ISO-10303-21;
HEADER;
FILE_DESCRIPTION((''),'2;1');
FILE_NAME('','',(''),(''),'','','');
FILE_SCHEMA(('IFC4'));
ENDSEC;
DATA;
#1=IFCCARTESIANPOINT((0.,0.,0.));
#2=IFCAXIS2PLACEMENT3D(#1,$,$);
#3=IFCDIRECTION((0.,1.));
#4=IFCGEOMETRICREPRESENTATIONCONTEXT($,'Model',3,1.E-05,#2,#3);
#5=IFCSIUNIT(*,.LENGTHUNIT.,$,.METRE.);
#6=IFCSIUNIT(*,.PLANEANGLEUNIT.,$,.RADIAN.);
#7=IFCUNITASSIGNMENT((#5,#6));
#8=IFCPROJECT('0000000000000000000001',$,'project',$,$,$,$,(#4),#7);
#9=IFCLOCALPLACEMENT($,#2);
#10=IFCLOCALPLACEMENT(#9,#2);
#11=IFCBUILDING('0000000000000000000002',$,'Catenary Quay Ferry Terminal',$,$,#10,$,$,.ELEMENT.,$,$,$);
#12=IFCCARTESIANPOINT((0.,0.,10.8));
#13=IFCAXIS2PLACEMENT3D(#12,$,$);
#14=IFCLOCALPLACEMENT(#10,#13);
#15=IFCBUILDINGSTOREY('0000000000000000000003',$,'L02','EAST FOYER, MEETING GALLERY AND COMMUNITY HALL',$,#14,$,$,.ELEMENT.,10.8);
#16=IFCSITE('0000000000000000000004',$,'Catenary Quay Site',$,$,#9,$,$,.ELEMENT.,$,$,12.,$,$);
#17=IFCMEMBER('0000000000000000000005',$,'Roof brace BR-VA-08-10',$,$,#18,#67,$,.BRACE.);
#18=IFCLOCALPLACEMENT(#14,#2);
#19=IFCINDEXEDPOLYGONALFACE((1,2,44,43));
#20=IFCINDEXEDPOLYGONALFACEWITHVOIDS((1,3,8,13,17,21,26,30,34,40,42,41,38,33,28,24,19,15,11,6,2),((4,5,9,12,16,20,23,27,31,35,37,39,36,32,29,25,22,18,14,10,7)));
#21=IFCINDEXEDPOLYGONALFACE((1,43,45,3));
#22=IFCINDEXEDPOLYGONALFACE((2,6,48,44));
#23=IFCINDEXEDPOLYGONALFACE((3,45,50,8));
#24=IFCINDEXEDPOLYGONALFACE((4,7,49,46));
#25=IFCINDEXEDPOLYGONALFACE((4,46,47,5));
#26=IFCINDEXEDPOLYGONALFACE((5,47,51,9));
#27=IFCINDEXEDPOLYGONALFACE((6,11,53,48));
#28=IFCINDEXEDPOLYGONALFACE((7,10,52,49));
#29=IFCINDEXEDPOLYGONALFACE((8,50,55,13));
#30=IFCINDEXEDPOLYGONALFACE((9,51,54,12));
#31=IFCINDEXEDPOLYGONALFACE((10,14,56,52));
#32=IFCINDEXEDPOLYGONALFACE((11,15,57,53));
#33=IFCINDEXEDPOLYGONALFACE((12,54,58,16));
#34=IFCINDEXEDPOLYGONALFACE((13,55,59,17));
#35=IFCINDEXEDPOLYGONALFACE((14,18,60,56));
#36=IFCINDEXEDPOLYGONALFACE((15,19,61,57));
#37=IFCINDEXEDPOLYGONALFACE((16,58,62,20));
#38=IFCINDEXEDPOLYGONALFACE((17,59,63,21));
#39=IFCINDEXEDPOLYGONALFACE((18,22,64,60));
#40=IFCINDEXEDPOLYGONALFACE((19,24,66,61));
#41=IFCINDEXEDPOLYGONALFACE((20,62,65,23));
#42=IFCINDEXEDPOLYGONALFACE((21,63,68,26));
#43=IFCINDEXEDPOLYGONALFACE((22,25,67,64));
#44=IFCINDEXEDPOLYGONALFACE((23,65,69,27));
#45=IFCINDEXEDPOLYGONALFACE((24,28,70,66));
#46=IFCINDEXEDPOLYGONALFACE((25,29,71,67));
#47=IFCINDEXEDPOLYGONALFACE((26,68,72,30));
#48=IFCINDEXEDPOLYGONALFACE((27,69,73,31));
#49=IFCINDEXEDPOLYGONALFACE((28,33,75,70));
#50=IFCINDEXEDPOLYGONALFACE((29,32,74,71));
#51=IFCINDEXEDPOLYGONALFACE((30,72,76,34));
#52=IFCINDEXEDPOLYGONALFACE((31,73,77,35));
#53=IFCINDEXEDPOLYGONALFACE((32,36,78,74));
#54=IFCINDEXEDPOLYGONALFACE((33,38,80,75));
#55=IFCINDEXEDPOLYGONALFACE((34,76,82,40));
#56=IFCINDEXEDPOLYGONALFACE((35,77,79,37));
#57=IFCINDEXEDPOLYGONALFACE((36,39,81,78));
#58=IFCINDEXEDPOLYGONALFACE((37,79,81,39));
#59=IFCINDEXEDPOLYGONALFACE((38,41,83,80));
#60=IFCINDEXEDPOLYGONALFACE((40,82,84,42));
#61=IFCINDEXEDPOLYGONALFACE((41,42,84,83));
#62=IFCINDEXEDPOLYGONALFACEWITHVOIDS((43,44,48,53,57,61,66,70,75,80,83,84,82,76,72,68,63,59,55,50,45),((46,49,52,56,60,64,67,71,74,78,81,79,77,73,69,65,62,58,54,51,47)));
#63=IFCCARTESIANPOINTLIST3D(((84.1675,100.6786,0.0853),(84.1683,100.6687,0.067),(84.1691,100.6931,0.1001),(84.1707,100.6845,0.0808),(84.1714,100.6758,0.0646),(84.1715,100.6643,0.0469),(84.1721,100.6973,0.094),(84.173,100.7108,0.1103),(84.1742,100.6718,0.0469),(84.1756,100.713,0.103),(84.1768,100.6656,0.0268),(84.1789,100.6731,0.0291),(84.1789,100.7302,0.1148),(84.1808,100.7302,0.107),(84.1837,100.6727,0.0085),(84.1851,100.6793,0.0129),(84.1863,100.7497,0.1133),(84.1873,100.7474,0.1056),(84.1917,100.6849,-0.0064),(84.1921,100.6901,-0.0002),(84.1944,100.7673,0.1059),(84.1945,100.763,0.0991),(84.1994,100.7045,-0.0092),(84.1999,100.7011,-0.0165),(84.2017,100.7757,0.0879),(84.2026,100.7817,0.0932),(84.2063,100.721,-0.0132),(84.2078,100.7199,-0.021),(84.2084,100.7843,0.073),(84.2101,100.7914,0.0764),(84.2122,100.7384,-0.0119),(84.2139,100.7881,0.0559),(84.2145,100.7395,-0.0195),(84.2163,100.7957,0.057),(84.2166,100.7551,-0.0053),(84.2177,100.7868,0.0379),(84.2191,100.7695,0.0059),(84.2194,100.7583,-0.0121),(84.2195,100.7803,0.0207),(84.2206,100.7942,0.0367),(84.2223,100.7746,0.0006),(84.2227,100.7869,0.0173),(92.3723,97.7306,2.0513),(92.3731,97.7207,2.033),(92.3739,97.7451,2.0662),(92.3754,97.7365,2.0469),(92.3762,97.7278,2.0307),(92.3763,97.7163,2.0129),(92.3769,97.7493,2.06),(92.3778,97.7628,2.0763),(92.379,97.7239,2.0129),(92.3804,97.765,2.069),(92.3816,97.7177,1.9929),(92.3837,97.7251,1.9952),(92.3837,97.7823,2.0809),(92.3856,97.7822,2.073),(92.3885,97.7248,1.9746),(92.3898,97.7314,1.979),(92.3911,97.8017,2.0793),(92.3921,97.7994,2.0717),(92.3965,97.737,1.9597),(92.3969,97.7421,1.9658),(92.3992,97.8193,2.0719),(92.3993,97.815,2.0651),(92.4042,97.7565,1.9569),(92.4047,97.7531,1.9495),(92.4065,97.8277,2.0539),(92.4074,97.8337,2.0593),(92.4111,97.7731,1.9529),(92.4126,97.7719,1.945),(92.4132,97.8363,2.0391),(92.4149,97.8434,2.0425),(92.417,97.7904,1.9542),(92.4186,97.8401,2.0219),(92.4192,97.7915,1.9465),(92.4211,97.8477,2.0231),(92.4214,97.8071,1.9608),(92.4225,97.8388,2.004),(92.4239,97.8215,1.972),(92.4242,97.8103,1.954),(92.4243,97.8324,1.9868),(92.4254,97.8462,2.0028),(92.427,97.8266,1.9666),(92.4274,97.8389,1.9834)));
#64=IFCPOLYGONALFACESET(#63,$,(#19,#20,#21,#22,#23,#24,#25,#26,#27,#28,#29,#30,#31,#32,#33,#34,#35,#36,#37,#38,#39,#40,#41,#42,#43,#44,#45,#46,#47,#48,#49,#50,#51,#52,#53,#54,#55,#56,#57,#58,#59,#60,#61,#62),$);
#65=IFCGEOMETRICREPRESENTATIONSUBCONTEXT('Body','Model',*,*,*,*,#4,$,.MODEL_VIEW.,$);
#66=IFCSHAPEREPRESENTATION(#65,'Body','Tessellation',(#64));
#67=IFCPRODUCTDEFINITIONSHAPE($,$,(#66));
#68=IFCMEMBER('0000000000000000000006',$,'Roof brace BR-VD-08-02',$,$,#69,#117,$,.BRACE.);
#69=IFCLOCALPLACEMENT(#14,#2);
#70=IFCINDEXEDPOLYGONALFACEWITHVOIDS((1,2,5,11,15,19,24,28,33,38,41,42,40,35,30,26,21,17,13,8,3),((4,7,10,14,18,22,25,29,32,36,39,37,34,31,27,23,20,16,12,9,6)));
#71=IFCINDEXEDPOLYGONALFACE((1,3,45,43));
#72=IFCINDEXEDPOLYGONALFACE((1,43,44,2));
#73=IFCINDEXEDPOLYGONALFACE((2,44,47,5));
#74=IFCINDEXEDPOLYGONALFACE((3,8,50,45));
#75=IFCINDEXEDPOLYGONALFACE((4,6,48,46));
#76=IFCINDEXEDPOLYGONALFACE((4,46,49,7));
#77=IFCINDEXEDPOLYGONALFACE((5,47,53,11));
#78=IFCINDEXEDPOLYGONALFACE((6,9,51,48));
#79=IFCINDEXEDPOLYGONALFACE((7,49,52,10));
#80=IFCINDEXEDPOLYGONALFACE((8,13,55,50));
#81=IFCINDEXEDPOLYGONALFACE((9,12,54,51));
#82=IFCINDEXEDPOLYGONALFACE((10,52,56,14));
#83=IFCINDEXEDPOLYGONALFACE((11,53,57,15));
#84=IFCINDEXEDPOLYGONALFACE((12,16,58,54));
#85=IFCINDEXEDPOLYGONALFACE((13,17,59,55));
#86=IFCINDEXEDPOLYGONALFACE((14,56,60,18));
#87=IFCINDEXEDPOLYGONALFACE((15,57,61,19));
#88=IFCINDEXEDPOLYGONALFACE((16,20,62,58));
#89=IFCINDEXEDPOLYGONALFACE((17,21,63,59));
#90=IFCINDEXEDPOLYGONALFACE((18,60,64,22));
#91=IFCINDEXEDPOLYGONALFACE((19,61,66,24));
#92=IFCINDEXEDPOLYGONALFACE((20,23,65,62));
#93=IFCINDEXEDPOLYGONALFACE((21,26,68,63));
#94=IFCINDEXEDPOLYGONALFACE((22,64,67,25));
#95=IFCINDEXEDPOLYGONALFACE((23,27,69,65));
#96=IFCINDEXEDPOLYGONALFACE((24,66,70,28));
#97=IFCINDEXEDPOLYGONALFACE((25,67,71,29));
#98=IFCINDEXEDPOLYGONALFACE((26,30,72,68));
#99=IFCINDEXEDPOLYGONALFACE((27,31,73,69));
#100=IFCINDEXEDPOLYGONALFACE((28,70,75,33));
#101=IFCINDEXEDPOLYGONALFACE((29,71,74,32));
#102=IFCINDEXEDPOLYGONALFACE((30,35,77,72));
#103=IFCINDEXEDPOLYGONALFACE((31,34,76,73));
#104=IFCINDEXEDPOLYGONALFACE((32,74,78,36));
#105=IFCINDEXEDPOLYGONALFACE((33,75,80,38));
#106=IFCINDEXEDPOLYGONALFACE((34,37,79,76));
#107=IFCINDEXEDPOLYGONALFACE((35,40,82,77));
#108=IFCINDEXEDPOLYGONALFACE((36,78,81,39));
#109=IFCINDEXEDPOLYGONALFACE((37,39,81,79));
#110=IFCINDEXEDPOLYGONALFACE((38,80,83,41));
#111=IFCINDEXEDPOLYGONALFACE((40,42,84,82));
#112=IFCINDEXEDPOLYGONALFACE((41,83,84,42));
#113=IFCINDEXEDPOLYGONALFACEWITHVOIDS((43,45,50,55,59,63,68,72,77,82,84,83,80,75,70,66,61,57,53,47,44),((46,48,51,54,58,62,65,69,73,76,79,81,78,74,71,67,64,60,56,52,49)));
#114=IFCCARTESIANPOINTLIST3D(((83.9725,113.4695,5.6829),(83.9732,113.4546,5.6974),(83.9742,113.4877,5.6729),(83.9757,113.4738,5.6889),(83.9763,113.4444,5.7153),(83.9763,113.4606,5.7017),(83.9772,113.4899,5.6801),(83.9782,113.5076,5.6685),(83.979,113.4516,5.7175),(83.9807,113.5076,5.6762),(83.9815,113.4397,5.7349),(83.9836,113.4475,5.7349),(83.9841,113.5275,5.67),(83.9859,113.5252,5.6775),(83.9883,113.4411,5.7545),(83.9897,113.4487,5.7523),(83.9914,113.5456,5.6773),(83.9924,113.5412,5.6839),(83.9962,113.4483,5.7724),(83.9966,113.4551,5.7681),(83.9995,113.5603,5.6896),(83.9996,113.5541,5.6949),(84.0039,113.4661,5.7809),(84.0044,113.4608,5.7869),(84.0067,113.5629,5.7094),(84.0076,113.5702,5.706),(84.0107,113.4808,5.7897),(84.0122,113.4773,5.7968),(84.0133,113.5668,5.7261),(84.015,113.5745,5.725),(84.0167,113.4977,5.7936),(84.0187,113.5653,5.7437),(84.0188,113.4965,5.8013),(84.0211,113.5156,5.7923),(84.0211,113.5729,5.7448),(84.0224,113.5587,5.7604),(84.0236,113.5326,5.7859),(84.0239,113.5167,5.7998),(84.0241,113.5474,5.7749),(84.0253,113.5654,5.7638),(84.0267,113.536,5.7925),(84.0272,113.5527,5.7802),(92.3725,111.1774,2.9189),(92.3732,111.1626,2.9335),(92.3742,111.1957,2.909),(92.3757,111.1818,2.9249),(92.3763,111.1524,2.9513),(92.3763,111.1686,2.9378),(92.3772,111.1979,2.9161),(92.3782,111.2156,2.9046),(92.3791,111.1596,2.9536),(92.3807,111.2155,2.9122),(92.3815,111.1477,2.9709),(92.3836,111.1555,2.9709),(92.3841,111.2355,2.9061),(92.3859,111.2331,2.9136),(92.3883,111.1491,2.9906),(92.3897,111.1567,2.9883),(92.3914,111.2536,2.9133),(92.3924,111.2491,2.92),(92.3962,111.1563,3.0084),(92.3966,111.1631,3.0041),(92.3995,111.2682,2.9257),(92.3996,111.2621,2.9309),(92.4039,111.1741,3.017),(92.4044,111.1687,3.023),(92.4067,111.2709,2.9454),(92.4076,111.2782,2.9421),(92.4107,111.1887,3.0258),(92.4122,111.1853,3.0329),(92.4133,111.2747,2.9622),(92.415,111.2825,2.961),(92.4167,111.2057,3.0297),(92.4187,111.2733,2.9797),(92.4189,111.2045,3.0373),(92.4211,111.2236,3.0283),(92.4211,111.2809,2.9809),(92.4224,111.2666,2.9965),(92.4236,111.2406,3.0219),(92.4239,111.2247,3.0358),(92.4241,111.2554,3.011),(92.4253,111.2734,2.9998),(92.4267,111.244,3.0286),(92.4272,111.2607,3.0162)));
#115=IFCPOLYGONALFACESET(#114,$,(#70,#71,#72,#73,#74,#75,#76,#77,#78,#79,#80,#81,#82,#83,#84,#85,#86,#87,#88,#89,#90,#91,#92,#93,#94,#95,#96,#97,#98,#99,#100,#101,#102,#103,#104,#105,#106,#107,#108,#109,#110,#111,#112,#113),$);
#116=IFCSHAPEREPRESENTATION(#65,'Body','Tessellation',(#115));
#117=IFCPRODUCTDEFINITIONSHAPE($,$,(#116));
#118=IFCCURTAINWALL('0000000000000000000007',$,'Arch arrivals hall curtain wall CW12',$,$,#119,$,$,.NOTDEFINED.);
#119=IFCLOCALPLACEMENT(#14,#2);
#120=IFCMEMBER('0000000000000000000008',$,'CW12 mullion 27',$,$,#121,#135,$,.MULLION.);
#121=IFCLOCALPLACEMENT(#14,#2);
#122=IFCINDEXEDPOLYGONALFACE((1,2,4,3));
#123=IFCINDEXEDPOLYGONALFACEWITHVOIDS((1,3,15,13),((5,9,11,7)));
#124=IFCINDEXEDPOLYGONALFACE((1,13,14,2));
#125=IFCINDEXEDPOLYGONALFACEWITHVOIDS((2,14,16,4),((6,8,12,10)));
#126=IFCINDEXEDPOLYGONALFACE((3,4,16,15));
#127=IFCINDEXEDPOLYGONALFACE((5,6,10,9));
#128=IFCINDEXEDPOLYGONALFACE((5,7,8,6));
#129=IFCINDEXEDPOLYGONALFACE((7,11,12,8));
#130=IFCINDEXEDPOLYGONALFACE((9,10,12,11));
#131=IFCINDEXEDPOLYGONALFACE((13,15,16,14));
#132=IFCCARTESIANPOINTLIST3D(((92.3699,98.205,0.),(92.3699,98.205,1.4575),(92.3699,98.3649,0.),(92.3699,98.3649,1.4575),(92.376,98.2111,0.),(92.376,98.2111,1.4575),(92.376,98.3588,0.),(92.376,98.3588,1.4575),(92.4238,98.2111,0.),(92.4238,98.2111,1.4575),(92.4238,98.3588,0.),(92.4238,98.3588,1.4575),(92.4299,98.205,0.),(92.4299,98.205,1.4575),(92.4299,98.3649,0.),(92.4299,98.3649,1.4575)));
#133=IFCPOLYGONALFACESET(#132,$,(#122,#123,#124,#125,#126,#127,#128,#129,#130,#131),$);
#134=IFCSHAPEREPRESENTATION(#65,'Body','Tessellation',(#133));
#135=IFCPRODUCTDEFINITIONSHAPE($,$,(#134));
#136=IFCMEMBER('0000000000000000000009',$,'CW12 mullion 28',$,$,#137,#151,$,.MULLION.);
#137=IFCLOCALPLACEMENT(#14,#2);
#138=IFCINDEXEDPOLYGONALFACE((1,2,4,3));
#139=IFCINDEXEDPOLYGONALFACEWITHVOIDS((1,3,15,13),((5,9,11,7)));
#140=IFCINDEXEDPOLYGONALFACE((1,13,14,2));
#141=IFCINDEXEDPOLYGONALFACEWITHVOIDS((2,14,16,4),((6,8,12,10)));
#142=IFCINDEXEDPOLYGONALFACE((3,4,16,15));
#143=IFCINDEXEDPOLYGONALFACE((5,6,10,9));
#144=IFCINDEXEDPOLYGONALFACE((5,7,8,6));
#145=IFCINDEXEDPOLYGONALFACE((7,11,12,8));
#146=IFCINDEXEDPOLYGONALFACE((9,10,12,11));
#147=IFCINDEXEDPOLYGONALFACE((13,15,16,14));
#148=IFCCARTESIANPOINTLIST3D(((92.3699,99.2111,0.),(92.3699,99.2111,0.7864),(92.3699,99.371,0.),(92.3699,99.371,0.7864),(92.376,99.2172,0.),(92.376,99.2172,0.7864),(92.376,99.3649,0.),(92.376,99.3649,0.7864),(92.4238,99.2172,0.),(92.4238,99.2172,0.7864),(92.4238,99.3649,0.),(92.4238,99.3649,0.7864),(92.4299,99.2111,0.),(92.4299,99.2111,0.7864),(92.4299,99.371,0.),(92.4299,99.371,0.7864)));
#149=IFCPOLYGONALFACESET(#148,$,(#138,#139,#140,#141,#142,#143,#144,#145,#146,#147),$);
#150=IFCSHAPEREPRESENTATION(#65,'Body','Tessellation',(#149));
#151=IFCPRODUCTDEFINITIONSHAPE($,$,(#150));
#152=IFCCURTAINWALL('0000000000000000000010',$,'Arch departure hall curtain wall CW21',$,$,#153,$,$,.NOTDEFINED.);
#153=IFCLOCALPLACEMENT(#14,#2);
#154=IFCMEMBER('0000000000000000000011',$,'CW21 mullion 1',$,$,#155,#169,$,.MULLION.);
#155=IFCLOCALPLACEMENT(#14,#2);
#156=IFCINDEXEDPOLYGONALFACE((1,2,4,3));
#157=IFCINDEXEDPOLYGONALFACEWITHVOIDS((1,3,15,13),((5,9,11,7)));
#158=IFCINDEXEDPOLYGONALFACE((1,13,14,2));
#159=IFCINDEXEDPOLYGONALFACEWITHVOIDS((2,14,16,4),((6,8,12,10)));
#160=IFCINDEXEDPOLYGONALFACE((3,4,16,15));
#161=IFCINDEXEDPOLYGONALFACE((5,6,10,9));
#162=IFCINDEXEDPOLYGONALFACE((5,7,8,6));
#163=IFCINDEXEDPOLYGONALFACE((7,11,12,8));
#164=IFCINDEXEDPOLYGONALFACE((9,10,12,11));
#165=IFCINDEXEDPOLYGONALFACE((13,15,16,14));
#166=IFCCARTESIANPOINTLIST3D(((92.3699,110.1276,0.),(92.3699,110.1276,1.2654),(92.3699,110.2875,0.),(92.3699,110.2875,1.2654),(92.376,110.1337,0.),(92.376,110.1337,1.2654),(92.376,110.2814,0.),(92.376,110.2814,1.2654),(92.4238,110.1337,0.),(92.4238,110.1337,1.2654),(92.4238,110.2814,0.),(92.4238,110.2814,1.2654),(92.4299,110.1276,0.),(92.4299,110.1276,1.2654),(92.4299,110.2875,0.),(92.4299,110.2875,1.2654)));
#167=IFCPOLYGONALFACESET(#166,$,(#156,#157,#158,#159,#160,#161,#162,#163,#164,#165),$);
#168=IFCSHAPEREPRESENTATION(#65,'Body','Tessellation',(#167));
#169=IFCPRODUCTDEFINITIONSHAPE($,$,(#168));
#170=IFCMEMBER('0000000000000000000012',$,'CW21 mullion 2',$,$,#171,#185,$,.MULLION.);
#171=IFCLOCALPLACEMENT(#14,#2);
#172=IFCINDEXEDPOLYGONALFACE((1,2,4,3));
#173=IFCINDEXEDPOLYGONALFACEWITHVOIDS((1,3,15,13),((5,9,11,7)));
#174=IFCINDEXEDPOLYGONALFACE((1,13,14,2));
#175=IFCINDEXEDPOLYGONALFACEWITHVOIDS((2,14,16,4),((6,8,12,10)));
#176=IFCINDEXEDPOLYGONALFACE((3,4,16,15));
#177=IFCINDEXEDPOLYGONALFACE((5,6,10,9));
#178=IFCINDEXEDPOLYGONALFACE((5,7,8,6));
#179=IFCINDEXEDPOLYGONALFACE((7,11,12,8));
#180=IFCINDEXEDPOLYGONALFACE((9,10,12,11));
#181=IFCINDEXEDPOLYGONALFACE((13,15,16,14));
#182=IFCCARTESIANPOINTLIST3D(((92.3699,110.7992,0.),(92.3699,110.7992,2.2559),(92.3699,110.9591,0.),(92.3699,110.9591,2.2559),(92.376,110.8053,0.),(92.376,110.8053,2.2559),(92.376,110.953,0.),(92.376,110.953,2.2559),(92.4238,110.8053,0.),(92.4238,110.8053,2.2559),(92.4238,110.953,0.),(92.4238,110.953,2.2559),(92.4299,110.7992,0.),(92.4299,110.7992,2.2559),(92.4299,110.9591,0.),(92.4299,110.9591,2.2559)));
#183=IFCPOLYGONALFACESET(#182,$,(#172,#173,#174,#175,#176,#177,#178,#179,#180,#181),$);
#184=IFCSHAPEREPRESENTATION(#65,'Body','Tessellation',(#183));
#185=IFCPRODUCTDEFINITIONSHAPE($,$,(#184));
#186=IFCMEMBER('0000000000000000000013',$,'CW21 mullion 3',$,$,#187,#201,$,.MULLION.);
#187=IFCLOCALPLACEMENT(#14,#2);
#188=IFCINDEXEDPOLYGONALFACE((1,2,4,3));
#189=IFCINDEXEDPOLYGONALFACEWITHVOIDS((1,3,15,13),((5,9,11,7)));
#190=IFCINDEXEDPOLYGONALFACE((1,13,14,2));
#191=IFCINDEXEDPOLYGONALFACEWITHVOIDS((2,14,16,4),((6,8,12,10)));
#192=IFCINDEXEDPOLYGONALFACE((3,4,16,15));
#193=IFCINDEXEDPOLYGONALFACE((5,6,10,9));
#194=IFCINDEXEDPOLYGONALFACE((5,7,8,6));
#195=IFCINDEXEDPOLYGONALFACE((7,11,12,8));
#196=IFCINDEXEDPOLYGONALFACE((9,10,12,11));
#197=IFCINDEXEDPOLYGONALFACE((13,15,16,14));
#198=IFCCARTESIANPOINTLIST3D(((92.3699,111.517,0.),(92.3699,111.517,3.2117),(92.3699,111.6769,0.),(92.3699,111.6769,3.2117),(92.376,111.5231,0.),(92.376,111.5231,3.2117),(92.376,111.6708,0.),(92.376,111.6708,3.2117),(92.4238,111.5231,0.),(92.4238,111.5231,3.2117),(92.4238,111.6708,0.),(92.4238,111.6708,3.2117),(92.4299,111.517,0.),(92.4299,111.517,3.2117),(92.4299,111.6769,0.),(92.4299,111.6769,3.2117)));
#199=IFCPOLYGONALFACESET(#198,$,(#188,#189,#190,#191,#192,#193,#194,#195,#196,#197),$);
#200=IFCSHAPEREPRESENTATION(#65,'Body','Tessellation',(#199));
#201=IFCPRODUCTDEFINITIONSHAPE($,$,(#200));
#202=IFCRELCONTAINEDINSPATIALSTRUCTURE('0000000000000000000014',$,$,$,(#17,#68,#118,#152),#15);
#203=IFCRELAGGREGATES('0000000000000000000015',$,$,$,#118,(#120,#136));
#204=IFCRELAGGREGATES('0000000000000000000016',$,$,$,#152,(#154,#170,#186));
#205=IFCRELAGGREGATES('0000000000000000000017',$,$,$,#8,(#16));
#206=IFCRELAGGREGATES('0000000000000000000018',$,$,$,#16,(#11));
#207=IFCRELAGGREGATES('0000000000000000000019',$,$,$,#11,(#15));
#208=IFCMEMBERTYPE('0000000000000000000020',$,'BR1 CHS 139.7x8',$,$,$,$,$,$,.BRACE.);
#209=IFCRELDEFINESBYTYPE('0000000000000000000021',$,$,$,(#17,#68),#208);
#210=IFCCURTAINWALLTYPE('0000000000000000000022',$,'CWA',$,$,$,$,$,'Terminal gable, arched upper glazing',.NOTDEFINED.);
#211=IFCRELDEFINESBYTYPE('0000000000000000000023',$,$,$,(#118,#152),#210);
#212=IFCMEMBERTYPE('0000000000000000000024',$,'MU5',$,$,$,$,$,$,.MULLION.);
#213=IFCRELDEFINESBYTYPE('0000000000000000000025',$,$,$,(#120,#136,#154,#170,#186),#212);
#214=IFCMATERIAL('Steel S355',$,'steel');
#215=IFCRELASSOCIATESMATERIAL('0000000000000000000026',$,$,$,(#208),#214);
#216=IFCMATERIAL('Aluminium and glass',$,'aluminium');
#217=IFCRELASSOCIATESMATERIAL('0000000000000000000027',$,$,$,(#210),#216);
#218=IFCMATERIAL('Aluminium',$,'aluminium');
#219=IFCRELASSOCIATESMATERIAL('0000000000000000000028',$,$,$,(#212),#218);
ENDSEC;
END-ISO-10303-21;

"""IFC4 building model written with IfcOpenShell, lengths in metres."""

from ifc_helpers import new_model, si_unit, direction, frame, origin, origin_2d, place, context, subcontext, project, spatial, hollow_rectangle, hollow_circle, extrude, material, material_profile, profile_set, type_object, element, aggregate, save


model = new_model("IFC4")

# Units and contexts
model_context = context("Model", 3, precision=1e-05, world=origin(), true_north=direction((0.0, 1.0)))
body_context = subcontext(model_context, "Body", "Model", "MODEL_VIEW")
ifc_project = project(units=[si_unit("LENGTHUNIT", "METRE"), si_unit("PLANEANGLEUNIT", "RADIAN")], contexts=[model_context])

# Site, building, storey
site_placement = place(None, origin())
site = spatial("IfcSite", under=ifc_project, at=site_placement, Name="Catenary Quay Site", CompositionType="ELEMENT", RefElevation=12.0)
building_placement = place(site_placement, origin())
building = spatial("IfcBuilding", under=site, at=building_placement, Name="Catenary Quay Ferry Terminal", CompositionType="ELEMENT")
storey_placement = place(building_placement, frame((0.0, 0.0, 10.8)))
storey = spatial("IfcBuildingStorey", under=building, at=storey_placement, Name="L02", Description="EAST FOYER, MEETING GALLERY AND COMMUNITY HALL", CompositionType="ELEMENT", Elevation=10.8)

# Members
ifc_material_1 = material(Name="Steel S355", Category="steel")
ifc_material_profile_1 = material_profile(ifc_material_1, hollow_circle(Radius=0.0698, WallThickness=0.0081, at=origin_2d()), Name="CHS 139.7x8")
ifc_profile_set_1 = profile_set([ifc_material_profile_1], Name="Steel S355")
member_type_1 = type_object("IfcMemberType", Name="BR1 CHS 139.7x8", PredefinedType="BRACE", material=ifc_profile_set_1)
member_1_placement = place(storey_placement, frame((92.3999, 97.782, 2.0129), z_axis=(-0.918044, 0.329853, -0.219984), x_axis=(-0.338136, -0.941097, 0.0)))
element("IfcMember", 1, at=member_1_placement, inside=storey, type_object=member_type_1, Name="Roof brace BR-VA-08-10", PredefinedType="BRACE", context=body_context, shape_type="SweptSolid", body=[
    extrude(hollow_circle(Radius=0.0698, WallThickness=0.0081, at=origin_2d()), origin(), (0.0, 0.0, 1.0), 8.9373),
])
member_2_placement = place(storey_placement, frame((92.3999, 111.2151, 2.9709), z_axis=(-0.919515, 0.250898, 0.302559), x_axis=(-0.263236, -0.964731, 0.0)))
element("IfcMember", 2, at=member_2_placement, inside=storey, type_object=member_type_1, Name="Roof brace BR-VD-08-02", PredefinedType="BRACE", context=body_context, shape_type="SweptSolid", body=[
    extrude(hollow_circle(Radius=0.0698, WallThickness=0.0081, at=origin_2d()), origin(), (0.0, 0.0, 1.0), 9.1353),
])

# Curtain walls, members
ifc_material_2 = material(Name="Aluminium and glass", Category="aluminium")
curtain_wall_type = type_object("IfcCurtainWallType", Name="CWA", ElementType="Terminal gable, arched upper glazing", PredefinedType="NOTDEFINED", material=ifc_material_2)
curtain_wall_1_placement = place(storey_placement, origin())
curtain_wall_1 = element("IfcCurtainWall", 3, at=curtain_wall_1_placement, inside=storey, type_object=curtain_wall_type, Name="Arch arrivals hall curtain wall CW12", PredefinedType="NOTDEFINED")
ifc_material_3 = material(Name="Aluminium", Category="aluminium")
ifc_material_profile_2 = material_profile(ifc_material_3, hollow_rectangle(XDim=0.0601, YDim=0.1599, WallThickness=0.0061, at=origin_2d()), Name="MU5")
ifc_profile_set_2 = profile_set([ifc_material_profile_2], Name="Aluminium")
member_type_2 = type_object("IfcMemberType", Name="MU5", PredefinedType="MULLION", material=ifc_profile_set_2)
member_3_placement = place(storey_placement, frame((92.3999, 98.2849, 0.0), z_axis=(0.0, 0.0, 1.0), x_axis=(-1.0, 0.0, 0.0)))
member_3 = element("IfcMember", 4, at=member_3_placement, type_object=member_type_2, Name="CW12 mullion 27", PredefinedType="MULLION", context=body_context, shape_type="SweptSolid", body=[
    extrude(hollow_rectangle(XDim=0.0601, YDim=0.1599, WallThickness=0.0061, at=origin_2d()), origin(), (0.0, 0.0, 1.0), 1.4575),
])
member_4_placement = place(storey_placement, frame((92.3999, 99.291, 0.0), z_axis=(0.0, 0.0, 1.0), x_axis=(-1.0, 0.0, 0.0)))
member_4 = element("IfcMember", 5, at=member_4_placement, type_object=member_type_2, Name="CW12 mullion 28", PredefinedType="MULLION", context=body_context, shape_type="SweptSolid", body=[
    extrude(hollow_rectangle(XDim=0.0601, YDim=0.1599, WallThickness=0.0061, at=origin_2d()), origin(), (0.0, 0.0, 1.0), 0.7864),
])
curtain_wall_2_placement = place(storey_placement, origin())
curtain_wall_2 = element("IfcCurtainWall", 6, at=curtain_wall_2_placement, inside=storey, type_object=curtain_wall_type, Name="Arch departure hall curtain wall CW21", PredefinedType="NOTDEFINED")
member_5_placement = place(storey_placement, frame((92.3999, 110.2075, 0.0), z_axis=(0.0, 0.0, 1.0), x_axis=(-1.0, 0.0, 0.0)))
member_5 = element("IfcMember", 7, at=member_5_placement, type_object=member_type_2, Name="CW21 mullion 1", PredefinedType="MULLION", context=body_context, shape_type="SweptSolid", body=[
    extrude(hollow_rectangle(XDim=0.0601, YDim=0.1599, WallThickness=0.0061, at=origin_2d()), origin(), (0.0, 0.0, 1.0), 1.2654),
])
member_6_placement = place(storey_placement, frame((92.3999, 110.8792, 0.0), z_axis=(0.0, 0.0, 1.0), x_axis=(-1.0, 0.0, 0.0)))
member_6 = element("IfcMember", 8, at=member_6_placement, type_object=member_type_2, Name="CW21 mullion 2", PredefinedType="MULLION", context=body_context, shape_type="SweptSolid", body=[
    extrude(hollow_rectangle(XDim=0.0601, YDim=0.1599, WallThickness=0.0061, at=origin_2d()), origin(), (0.0, 0.0, 1.0), 2.2559),
])
member_7_placement = place(storey_placement, frame((92.3999, 111.5969, 0.0), z_axis=(0.0, 0.0, 1.0), x_axis=(-1.0, 0.0, 0.0)))
member_7 = element("IfcMember", 9, at=member_7_placement, type_object=member_type_2, Name="CW21 mullion 3", PredefinedType="MULLION", context=body_context, shape_type="SweptSolid", body=[
    extrude(hollow_rectangle(XDim=0.0601, YDim=0.1599, WallThickness=0.0061, at=origin_2d()), origin(), (0.0, 0.0, 1.0), 3.2117),
])

aggregate(curtain_wall_1, [member_3, member_4])
aggregate(curtain_wall_2, [member_5, member_6, member_7])

save(model, "model.ifc")
